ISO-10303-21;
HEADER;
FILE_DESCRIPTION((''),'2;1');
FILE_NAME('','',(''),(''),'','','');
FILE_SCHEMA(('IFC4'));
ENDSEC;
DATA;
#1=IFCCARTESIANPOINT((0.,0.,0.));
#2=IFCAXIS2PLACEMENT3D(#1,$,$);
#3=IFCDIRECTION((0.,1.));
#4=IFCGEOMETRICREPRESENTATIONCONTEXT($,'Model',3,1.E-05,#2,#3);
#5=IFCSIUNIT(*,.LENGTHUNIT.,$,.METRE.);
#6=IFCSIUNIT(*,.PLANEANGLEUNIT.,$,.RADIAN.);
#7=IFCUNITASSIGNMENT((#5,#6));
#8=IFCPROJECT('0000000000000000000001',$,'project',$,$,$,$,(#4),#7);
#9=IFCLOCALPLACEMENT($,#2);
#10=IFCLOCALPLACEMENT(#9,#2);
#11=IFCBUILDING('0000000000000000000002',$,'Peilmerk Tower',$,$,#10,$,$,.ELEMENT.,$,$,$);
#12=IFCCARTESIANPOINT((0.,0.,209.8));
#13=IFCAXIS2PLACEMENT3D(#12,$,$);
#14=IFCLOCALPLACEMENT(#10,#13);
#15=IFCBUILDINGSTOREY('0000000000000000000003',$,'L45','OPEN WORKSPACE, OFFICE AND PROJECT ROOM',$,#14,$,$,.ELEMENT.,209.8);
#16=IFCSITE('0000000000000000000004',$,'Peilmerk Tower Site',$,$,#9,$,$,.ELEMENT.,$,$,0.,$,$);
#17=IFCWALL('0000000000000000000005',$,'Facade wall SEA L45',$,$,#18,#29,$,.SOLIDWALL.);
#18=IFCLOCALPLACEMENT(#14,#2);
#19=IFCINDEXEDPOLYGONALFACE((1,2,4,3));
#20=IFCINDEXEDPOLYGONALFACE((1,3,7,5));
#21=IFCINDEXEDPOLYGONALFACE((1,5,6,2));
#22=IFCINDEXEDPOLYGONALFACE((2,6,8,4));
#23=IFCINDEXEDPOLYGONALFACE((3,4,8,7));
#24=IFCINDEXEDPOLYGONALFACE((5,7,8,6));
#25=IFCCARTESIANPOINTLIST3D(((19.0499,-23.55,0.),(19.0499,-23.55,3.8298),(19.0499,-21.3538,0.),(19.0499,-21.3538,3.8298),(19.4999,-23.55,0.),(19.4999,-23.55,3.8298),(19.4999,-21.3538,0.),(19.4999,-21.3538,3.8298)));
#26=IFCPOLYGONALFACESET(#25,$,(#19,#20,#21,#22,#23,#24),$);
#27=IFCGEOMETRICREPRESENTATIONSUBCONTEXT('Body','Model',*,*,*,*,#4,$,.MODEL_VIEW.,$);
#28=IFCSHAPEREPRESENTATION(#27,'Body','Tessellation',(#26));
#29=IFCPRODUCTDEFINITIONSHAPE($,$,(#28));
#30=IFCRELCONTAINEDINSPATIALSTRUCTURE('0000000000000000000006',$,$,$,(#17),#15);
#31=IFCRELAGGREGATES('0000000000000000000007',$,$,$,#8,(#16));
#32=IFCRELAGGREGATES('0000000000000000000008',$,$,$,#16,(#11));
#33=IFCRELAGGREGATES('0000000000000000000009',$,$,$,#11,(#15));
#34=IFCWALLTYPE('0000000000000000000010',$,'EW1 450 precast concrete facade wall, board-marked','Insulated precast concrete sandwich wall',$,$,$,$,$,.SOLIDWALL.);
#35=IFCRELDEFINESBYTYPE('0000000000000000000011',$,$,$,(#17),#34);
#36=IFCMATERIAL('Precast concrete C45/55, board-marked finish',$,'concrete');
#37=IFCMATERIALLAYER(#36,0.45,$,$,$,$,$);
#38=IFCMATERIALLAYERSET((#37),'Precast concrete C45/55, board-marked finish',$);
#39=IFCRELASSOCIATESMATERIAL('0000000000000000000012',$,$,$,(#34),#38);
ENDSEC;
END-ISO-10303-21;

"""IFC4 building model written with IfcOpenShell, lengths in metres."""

from ifc_helpers import new_model, si_unit, direction, frame, frame_2d, origin, place, context, subcontext, project, spatial, rectangle, extrude, material, layer, layer_set, type_object, element, save


model = new_model("IFC4")

# Units and contexts
model_context = context("Model", 3, precision=1e-05, world=origin(), true_north=direction((0.0, 1.0)))
body_context = subcontext(model_context, "Body", "Model", "MODEL_VIEW")
ifc_project = project(units=[si_unit("LENGTHUNIT", "METRE"), si_unit("PLANEANGLEUNIT", "RADIAN")], contexts=[model_context])

# Site, building, storey
site_placement = place(None, origin())
site = spatial("IfcSite", under=ifc_project, at=site_placement, Name="Peilmerk Tower Site", CompositionType="ELEMENT", RefElevation=0.0)
building_placement = place(site_placement, origin())
building = spatial("IfcBuilding", under=site, at=building_placement, Name="Peilmerk Tower", CompositionType="ELEMENT")
storey_placement = place(building_placement, frame((0.0, 0.0, 209.8)))
storey = spatial("IfcBuildingStorey", under=building, at=storey_placement, Name="L45", Description="OPEN WORKSPACE, OFFICE AND PROJECT ROOM", CompositionType="ELEMENT", Elevation=209.8)

# Shared definitions
ifc_material_1 = material(Name="Precast concrete C45/55, board-marked finish", Category="concrete")
ifc_layer_1 = layer(ifc_material_1, 0.45)
ifc_layer_set_1 = layer_set([ifc_layer_1], Name="Precast concrete C45/55, board-marked finish")
wall_type = type_object("IfcWallType", Name="EW1 450 precast concrete facade wall, board-marked", Description="Insulated precast concrete sandwich wall", PredefinedType="SOLIDWALL", material=ifc_layer_set_1)

# Wall
wall_1_placement = place(storey_placement, frame((19.2749, -21.3538, 0.0), z_axis=(0.0, 0.0, 1.0), x_axis=(0.0, -1.0, 0.0)))
element("IfcWall", 1, at=wall_1_placement, inside=storey, type_object=wall_type, Name="Facade wall SEA L45", PredefinedType="SOLIDWALL", context=body_context, shape_type="SweptSolid", body=[
    extrude(rectangle(XDim=2.1963, YDim=0.45, at=frame_2d((1.0981, 0.0))), origin(), (0.0, 0.0, 1.0), 3.8298),
])

save(model, "model.ifc")
